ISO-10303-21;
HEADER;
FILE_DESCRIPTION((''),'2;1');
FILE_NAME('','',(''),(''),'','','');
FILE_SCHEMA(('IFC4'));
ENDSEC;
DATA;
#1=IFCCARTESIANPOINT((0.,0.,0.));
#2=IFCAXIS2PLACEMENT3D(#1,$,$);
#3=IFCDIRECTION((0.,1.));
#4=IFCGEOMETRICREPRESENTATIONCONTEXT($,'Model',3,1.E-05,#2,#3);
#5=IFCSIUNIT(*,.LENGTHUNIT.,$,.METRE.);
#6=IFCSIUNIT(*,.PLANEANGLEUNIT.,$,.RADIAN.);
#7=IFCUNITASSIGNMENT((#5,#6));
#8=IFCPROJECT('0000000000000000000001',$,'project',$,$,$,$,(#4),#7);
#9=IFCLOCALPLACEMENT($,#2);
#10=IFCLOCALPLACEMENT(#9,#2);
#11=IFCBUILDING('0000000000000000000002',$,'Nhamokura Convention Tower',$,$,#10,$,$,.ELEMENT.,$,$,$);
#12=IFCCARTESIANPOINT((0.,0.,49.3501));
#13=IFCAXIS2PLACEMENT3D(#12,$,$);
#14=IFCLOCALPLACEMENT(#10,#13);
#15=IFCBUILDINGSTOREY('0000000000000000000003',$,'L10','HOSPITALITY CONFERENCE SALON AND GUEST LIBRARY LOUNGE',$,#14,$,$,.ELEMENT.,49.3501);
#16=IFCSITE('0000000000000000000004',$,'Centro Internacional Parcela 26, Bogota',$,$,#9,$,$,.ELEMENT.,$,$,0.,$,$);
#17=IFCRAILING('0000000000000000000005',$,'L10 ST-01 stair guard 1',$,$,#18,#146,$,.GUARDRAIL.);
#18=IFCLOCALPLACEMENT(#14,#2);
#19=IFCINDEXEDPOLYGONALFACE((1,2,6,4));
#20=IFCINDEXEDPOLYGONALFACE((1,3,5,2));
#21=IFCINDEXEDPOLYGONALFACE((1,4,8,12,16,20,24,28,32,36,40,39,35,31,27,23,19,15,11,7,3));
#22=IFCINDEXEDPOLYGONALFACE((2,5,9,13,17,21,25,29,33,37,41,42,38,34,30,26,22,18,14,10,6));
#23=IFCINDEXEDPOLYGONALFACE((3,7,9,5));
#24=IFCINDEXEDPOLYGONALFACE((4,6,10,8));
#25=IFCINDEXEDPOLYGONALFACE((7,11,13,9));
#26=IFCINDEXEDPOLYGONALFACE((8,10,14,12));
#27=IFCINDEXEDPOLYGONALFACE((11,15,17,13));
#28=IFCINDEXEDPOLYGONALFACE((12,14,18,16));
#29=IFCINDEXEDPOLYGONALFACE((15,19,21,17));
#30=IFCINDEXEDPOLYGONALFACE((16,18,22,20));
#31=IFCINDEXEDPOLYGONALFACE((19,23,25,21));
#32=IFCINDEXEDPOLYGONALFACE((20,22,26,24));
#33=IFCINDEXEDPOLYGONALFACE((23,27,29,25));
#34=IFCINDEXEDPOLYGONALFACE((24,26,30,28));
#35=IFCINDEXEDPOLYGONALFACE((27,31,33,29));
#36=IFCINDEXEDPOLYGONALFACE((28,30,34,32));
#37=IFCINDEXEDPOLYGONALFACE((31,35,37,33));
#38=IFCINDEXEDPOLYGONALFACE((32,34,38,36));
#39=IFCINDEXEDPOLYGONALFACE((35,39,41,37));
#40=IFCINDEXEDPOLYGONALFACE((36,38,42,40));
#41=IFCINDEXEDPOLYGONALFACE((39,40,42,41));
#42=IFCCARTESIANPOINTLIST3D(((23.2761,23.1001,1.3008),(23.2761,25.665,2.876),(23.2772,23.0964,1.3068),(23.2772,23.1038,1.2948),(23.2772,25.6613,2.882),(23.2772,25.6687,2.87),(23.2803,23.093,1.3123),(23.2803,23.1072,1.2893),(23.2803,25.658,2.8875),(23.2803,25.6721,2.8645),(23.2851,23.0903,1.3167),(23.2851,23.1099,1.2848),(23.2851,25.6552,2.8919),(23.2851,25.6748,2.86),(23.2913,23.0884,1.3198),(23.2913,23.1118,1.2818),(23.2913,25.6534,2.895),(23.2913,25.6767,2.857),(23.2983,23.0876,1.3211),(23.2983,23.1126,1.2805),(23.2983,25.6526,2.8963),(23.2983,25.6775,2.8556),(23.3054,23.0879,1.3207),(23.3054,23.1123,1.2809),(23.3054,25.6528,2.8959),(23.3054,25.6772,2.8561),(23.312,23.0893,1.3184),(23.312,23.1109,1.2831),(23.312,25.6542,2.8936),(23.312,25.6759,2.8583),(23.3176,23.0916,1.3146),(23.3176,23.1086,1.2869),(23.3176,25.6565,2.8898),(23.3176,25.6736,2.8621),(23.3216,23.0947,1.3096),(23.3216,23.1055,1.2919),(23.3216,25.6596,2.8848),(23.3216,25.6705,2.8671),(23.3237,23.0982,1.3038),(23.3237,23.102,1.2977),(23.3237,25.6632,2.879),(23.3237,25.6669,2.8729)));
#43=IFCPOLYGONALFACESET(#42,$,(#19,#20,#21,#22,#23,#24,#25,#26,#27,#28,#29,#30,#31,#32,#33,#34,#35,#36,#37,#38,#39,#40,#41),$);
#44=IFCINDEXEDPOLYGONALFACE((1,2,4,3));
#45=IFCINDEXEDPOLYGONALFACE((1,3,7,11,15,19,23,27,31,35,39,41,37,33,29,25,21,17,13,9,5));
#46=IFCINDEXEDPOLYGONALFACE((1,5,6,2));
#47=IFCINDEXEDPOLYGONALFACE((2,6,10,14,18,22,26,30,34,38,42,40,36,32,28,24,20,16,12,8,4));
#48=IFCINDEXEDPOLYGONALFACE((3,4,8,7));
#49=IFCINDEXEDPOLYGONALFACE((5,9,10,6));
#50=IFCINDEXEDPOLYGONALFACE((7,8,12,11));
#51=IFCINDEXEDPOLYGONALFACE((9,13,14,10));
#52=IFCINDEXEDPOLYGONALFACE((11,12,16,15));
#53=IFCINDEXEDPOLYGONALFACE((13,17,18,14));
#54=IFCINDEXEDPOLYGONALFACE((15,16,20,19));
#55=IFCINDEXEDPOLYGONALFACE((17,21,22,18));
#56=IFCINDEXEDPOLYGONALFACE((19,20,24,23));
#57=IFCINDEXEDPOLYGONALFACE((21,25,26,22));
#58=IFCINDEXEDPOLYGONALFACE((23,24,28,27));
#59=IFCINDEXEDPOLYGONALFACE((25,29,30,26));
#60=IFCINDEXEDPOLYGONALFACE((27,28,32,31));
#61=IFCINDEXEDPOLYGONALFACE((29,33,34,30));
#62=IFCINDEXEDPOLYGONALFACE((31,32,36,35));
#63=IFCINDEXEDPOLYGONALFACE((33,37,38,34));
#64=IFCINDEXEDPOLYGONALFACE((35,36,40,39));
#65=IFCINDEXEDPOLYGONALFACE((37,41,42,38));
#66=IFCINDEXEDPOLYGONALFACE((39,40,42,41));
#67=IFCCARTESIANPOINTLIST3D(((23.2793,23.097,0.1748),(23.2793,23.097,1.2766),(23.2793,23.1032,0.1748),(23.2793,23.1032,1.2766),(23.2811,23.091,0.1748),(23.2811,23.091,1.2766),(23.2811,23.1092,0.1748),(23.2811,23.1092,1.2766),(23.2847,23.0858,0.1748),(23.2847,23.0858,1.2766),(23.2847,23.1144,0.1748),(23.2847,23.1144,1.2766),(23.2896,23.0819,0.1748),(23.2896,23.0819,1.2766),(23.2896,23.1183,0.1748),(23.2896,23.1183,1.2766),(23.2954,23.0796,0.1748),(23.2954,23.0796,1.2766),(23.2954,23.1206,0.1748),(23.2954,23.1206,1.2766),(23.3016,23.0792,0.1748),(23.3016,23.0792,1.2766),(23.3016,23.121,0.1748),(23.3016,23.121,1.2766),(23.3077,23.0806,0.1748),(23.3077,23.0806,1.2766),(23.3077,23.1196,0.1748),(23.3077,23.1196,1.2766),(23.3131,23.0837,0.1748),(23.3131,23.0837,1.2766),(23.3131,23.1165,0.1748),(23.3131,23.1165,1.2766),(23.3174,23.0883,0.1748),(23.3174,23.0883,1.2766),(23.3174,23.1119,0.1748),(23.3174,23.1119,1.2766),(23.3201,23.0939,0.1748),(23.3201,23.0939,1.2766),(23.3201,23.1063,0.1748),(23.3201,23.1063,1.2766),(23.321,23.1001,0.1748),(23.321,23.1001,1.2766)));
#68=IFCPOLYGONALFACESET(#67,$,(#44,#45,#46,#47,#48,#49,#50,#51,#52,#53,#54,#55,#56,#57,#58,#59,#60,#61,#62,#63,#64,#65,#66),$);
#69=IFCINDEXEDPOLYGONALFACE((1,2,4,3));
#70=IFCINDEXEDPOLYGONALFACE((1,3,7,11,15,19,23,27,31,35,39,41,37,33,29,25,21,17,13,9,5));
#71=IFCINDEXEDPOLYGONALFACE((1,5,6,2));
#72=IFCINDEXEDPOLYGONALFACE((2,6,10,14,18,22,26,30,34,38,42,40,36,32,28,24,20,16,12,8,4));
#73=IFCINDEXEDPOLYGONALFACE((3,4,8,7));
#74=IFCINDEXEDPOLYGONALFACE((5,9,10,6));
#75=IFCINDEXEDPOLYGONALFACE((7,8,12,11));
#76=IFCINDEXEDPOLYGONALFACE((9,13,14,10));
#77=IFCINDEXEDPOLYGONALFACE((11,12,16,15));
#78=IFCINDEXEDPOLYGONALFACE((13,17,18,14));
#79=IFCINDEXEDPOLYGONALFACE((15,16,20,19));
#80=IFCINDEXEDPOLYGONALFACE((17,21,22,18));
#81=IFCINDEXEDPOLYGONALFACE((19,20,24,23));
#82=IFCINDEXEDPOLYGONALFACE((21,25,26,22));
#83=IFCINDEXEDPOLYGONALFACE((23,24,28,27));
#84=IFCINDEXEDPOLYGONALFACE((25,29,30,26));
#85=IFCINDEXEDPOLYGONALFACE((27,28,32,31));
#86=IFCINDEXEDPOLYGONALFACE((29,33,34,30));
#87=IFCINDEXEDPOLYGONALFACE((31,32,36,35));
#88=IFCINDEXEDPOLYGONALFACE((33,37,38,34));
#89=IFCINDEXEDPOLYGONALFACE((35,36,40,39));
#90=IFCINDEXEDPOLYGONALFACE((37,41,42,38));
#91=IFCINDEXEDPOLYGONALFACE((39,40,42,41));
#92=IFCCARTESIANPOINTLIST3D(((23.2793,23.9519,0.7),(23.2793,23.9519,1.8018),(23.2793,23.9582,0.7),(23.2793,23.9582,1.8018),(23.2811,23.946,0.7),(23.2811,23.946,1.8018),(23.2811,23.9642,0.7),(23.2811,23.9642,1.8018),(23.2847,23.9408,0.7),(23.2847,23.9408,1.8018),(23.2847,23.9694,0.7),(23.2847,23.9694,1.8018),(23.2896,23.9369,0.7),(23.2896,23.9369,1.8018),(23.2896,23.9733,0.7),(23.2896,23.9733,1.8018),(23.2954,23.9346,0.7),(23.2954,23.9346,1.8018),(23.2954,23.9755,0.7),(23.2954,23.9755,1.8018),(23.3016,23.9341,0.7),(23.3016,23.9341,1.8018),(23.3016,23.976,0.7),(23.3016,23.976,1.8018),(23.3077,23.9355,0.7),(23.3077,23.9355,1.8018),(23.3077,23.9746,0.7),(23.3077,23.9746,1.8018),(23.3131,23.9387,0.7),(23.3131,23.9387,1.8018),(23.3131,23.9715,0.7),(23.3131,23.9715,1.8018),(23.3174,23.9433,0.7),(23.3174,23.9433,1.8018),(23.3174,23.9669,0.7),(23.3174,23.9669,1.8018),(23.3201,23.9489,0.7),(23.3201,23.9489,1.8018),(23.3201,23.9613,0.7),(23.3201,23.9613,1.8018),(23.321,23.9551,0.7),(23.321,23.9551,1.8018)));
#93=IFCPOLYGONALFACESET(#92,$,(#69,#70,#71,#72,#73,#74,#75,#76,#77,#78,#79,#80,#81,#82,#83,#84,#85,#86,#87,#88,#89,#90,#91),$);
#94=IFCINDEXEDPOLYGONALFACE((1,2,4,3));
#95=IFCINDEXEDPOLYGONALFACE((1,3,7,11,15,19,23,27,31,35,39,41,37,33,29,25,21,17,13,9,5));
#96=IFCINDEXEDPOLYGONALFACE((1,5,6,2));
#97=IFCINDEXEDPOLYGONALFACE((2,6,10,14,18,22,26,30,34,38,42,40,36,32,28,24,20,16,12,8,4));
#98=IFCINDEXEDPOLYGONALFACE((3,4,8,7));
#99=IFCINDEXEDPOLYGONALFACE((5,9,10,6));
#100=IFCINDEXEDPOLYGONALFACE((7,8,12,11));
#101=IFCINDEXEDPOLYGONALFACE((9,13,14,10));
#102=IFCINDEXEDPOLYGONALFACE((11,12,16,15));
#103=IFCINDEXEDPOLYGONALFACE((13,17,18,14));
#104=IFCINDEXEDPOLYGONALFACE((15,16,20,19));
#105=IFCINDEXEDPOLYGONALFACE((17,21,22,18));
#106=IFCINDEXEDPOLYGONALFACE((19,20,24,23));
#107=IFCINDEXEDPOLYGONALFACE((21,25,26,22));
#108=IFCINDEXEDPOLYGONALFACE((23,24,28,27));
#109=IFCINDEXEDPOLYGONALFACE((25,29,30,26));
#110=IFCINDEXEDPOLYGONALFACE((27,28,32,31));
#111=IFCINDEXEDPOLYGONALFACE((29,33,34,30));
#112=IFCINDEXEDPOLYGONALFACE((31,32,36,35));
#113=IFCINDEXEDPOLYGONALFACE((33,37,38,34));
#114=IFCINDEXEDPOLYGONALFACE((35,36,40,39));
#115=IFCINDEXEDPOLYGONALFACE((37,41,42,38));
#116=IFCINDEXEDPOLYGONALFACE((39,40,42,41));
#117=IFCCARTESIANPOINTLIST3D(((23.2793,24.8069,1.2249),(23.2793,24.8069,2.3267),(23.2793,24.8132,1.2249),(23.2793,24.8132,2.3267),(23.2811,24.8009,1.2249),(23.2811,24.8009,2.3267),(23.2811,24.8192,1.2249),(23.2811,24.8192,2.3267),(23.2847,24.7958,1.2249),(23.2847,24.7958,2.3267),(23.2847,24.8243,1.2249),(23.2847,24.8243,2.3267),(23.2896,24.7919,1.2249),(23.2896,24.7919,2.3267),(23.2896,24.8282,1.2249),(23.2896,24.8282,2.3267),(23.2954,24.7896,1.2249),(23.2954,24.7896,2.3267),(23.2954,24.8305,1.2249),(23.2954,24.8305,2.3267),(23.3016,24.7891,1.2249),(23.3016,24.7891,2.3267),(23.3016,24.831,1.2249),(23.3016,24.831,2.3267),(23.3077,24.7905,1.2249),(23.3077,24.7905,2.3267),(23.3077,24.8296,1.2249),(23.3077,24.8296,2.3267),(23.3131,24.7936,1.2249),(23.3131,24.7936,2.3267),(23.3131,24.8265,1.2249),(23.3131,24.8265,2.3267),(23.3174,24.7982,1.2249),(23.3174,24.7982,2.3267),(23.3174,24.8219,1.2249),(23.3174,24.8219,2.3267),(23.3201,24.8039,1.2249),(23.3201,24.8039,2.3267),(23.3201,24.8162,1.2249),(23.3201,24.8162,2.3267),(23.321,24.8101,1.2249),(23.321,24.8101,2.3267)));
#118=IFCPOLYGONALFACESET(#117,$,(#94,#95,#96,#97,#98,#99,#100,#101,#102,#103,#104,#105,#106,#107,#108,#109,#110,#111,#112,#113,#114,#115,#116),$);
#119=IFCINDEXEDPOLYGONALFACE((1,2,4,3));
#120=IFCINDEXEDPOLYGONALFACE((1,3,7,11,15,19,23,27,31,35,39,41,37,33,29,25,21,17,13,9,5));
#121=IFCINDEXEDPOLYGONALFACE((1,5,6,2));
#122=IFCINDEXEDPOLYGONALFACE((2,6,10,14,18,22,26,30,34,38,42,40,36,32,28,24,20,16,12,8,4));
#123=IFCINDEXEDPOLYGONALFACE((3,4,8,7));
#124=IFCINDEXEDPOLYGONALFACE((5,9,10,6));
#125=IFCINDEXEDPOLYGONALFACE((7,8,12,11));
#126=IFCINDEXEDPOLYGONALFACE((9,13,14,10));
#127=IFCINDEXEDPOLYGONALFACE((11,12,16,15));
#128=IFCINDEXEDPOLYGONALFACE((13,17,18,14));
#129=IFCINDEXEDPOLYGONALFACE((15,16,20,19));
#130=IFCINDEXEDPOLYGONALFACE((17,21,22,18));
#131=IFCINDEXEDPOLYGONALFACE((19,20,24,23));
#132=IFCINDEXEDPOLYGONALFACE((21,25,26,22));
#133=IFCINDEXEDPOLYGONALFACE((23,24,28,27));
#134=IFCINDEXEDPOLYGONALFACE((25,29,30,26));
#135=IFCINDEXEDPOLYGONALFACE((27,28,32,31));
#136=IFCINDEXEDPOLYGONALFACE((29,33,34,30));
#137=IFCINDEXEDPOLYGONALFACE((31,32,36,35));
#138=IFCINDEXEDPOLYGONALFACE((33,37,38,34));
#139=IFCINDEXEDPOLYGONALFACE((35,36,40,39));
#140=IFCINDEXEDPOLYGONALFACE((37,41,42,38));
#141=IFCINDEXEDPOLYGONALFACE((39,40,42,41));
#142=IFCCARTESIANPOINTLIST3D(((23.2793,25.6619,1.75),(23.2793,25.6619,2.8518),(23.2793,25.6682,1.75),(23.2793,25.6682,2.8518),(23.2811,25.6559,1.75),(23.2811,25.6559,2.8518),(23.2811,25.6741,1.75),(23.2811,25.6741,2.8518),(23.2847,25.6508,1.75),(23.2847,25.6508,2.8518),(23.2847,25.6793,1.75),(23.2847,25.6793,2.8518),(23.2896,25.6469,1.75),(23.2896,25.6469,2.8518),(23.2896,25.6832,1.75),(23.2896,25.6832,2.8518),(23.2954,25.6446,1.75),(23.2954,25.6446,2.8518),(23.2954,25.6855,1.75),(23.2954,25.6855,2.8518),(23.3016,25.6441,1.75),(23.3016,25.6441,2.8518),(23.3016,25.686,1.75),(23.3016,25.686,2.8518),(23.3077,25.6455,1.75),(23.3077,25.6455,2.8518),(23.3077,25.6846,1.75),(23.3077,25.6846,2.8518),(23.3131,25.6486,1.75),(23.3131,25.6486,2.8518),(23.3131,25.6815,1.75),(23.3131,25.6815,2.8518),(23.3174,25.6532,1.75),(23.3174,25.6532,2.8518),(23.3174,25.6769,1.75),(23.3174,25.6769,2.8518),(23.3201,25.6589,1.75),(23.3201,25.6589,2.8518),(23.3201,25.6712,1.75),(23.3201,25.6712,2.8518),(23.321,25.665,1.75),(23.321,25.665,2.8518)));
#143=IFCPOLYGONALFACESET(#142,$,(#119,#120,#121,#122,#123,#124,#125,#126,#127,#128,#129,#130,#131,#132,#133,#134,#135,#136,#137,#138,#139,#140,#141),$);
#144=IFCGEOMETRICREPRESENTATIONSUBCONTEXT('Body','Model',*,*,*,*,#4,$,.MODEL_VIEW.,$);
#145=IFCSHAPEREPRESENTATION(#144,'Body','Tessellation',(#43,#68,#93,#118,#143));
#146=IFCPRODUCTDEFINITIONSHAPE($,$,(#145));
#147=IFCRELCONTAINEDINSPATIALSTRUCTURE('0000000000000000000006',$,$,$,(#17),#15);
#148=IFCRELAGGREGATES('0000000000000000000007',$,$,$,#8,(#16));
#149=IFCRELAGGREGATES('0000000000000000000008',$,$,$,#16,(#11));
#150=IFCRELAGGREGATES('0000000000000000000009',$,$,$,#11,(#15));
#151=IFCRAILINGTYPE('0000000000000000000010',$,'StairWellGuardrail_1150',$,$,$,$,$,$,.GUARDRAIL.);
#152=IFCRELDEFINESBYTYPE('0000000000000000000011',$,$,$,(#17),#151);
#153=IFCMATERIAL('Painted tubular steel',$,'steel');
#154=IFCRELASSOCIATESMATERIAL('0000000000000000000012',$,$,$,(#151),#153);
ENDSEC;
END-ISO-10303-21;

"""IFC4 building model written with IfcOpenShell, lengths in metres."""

from ifc_helpers import new_model, si_unit, direction, frame, origin, origin_2d, place, context, subcontext, project, spatial, circle, extrude, material, type_object, element, save


model = new_model("IFC4")

# Units and contexts
model_context = context("Model", 3, precision=1e-05, world=origin(), true_north=direction((0.0, 1.0)))
body_context = subcontext(model_context, "Body", "Model", "MODEL_VIEW")
ifc_project = project(units=[si_unit("LENGTHUNIT", "METRE"), si_unit("PLANEANGLEUNIT", "RADIAN")], contexts=[model_context])

# Site, building, storey
site_placement = place(None, origin())
site = spatial("IfcSite", under=ifc_project, at=site_placement, Name="Centro Internacional Parcela 26, Bogota", CompositionType="ELEMENT", RefElevation=0.0)
building_placement = place(site_placement, origin())
building = spatial("IfcBuilding", under=site, at=building_placement, Name="Nhamokura Convention Tower", CompositionType="ELEMENT")
storey_placement = place(building_placement, frame((0.0, 0.0, 49.3501)))
storey = spatial("IfcBuildingStorey", under=building, at=storey_placement, Name="L10", Description="HOSPITALITY CONFERENCE SALON AND GUEST LIBRARY LOUNGE", CompositionType="ELEMENT", Elevation=49.3501)

# Railing
ifc_material_1 = material(Name="Painted tubular steel", Category="steel")
railing_type_1 = type_object("IfcRailingType", Name="StairWellGuardrail_1150", PredefinedType="GUARDRAIL", material=ifc_material_1)
railing_1_placement = place(storey_placement, frame((23.3, 23.1001, 0.1748)))
element("IfcRailing", 1, at=railing_1_placement, inside=storey, type_object=railing_type_1, Name="L10 ST-01 stair guard 1", PredefinedType="GUARDRAIL", context=body_context, shape_type="SweptSolid", body=[
    extrude(circle(Radius=0.0239, at=origin_2d()), frame((0.0, 0.0, 1.126), z_axis=(0.0, 0.852137, 0.523319), x_axis=(-1.0, 0.0, 0.0)), (0.0, 0.0, 1.0), 3.01),
    extrude(circle(Radius=0.021, at=origin_2d()), origin(), (0.0, 0.0, 1.0), 1.1018),
    extrude(circle(Radius=0.021, at=origin_2d()), frame((0.0, 0.855, 0.5251)), (0.0, 0.0, 1.0), 1.1018),
    extrude(circle(Radius=0.021, at=origin_2d()), frame((0.0, 1.71, 1.05)), (0.0, 0.0, 1.0), 1.1018),
    extrude(circle(Radius=0.021, at=origin_2d()), frame((0.0, 2.5649, 1.5752)), (0.0, 0.0, 1.0), 1.1018),
])

save(model, "model.ifc")
